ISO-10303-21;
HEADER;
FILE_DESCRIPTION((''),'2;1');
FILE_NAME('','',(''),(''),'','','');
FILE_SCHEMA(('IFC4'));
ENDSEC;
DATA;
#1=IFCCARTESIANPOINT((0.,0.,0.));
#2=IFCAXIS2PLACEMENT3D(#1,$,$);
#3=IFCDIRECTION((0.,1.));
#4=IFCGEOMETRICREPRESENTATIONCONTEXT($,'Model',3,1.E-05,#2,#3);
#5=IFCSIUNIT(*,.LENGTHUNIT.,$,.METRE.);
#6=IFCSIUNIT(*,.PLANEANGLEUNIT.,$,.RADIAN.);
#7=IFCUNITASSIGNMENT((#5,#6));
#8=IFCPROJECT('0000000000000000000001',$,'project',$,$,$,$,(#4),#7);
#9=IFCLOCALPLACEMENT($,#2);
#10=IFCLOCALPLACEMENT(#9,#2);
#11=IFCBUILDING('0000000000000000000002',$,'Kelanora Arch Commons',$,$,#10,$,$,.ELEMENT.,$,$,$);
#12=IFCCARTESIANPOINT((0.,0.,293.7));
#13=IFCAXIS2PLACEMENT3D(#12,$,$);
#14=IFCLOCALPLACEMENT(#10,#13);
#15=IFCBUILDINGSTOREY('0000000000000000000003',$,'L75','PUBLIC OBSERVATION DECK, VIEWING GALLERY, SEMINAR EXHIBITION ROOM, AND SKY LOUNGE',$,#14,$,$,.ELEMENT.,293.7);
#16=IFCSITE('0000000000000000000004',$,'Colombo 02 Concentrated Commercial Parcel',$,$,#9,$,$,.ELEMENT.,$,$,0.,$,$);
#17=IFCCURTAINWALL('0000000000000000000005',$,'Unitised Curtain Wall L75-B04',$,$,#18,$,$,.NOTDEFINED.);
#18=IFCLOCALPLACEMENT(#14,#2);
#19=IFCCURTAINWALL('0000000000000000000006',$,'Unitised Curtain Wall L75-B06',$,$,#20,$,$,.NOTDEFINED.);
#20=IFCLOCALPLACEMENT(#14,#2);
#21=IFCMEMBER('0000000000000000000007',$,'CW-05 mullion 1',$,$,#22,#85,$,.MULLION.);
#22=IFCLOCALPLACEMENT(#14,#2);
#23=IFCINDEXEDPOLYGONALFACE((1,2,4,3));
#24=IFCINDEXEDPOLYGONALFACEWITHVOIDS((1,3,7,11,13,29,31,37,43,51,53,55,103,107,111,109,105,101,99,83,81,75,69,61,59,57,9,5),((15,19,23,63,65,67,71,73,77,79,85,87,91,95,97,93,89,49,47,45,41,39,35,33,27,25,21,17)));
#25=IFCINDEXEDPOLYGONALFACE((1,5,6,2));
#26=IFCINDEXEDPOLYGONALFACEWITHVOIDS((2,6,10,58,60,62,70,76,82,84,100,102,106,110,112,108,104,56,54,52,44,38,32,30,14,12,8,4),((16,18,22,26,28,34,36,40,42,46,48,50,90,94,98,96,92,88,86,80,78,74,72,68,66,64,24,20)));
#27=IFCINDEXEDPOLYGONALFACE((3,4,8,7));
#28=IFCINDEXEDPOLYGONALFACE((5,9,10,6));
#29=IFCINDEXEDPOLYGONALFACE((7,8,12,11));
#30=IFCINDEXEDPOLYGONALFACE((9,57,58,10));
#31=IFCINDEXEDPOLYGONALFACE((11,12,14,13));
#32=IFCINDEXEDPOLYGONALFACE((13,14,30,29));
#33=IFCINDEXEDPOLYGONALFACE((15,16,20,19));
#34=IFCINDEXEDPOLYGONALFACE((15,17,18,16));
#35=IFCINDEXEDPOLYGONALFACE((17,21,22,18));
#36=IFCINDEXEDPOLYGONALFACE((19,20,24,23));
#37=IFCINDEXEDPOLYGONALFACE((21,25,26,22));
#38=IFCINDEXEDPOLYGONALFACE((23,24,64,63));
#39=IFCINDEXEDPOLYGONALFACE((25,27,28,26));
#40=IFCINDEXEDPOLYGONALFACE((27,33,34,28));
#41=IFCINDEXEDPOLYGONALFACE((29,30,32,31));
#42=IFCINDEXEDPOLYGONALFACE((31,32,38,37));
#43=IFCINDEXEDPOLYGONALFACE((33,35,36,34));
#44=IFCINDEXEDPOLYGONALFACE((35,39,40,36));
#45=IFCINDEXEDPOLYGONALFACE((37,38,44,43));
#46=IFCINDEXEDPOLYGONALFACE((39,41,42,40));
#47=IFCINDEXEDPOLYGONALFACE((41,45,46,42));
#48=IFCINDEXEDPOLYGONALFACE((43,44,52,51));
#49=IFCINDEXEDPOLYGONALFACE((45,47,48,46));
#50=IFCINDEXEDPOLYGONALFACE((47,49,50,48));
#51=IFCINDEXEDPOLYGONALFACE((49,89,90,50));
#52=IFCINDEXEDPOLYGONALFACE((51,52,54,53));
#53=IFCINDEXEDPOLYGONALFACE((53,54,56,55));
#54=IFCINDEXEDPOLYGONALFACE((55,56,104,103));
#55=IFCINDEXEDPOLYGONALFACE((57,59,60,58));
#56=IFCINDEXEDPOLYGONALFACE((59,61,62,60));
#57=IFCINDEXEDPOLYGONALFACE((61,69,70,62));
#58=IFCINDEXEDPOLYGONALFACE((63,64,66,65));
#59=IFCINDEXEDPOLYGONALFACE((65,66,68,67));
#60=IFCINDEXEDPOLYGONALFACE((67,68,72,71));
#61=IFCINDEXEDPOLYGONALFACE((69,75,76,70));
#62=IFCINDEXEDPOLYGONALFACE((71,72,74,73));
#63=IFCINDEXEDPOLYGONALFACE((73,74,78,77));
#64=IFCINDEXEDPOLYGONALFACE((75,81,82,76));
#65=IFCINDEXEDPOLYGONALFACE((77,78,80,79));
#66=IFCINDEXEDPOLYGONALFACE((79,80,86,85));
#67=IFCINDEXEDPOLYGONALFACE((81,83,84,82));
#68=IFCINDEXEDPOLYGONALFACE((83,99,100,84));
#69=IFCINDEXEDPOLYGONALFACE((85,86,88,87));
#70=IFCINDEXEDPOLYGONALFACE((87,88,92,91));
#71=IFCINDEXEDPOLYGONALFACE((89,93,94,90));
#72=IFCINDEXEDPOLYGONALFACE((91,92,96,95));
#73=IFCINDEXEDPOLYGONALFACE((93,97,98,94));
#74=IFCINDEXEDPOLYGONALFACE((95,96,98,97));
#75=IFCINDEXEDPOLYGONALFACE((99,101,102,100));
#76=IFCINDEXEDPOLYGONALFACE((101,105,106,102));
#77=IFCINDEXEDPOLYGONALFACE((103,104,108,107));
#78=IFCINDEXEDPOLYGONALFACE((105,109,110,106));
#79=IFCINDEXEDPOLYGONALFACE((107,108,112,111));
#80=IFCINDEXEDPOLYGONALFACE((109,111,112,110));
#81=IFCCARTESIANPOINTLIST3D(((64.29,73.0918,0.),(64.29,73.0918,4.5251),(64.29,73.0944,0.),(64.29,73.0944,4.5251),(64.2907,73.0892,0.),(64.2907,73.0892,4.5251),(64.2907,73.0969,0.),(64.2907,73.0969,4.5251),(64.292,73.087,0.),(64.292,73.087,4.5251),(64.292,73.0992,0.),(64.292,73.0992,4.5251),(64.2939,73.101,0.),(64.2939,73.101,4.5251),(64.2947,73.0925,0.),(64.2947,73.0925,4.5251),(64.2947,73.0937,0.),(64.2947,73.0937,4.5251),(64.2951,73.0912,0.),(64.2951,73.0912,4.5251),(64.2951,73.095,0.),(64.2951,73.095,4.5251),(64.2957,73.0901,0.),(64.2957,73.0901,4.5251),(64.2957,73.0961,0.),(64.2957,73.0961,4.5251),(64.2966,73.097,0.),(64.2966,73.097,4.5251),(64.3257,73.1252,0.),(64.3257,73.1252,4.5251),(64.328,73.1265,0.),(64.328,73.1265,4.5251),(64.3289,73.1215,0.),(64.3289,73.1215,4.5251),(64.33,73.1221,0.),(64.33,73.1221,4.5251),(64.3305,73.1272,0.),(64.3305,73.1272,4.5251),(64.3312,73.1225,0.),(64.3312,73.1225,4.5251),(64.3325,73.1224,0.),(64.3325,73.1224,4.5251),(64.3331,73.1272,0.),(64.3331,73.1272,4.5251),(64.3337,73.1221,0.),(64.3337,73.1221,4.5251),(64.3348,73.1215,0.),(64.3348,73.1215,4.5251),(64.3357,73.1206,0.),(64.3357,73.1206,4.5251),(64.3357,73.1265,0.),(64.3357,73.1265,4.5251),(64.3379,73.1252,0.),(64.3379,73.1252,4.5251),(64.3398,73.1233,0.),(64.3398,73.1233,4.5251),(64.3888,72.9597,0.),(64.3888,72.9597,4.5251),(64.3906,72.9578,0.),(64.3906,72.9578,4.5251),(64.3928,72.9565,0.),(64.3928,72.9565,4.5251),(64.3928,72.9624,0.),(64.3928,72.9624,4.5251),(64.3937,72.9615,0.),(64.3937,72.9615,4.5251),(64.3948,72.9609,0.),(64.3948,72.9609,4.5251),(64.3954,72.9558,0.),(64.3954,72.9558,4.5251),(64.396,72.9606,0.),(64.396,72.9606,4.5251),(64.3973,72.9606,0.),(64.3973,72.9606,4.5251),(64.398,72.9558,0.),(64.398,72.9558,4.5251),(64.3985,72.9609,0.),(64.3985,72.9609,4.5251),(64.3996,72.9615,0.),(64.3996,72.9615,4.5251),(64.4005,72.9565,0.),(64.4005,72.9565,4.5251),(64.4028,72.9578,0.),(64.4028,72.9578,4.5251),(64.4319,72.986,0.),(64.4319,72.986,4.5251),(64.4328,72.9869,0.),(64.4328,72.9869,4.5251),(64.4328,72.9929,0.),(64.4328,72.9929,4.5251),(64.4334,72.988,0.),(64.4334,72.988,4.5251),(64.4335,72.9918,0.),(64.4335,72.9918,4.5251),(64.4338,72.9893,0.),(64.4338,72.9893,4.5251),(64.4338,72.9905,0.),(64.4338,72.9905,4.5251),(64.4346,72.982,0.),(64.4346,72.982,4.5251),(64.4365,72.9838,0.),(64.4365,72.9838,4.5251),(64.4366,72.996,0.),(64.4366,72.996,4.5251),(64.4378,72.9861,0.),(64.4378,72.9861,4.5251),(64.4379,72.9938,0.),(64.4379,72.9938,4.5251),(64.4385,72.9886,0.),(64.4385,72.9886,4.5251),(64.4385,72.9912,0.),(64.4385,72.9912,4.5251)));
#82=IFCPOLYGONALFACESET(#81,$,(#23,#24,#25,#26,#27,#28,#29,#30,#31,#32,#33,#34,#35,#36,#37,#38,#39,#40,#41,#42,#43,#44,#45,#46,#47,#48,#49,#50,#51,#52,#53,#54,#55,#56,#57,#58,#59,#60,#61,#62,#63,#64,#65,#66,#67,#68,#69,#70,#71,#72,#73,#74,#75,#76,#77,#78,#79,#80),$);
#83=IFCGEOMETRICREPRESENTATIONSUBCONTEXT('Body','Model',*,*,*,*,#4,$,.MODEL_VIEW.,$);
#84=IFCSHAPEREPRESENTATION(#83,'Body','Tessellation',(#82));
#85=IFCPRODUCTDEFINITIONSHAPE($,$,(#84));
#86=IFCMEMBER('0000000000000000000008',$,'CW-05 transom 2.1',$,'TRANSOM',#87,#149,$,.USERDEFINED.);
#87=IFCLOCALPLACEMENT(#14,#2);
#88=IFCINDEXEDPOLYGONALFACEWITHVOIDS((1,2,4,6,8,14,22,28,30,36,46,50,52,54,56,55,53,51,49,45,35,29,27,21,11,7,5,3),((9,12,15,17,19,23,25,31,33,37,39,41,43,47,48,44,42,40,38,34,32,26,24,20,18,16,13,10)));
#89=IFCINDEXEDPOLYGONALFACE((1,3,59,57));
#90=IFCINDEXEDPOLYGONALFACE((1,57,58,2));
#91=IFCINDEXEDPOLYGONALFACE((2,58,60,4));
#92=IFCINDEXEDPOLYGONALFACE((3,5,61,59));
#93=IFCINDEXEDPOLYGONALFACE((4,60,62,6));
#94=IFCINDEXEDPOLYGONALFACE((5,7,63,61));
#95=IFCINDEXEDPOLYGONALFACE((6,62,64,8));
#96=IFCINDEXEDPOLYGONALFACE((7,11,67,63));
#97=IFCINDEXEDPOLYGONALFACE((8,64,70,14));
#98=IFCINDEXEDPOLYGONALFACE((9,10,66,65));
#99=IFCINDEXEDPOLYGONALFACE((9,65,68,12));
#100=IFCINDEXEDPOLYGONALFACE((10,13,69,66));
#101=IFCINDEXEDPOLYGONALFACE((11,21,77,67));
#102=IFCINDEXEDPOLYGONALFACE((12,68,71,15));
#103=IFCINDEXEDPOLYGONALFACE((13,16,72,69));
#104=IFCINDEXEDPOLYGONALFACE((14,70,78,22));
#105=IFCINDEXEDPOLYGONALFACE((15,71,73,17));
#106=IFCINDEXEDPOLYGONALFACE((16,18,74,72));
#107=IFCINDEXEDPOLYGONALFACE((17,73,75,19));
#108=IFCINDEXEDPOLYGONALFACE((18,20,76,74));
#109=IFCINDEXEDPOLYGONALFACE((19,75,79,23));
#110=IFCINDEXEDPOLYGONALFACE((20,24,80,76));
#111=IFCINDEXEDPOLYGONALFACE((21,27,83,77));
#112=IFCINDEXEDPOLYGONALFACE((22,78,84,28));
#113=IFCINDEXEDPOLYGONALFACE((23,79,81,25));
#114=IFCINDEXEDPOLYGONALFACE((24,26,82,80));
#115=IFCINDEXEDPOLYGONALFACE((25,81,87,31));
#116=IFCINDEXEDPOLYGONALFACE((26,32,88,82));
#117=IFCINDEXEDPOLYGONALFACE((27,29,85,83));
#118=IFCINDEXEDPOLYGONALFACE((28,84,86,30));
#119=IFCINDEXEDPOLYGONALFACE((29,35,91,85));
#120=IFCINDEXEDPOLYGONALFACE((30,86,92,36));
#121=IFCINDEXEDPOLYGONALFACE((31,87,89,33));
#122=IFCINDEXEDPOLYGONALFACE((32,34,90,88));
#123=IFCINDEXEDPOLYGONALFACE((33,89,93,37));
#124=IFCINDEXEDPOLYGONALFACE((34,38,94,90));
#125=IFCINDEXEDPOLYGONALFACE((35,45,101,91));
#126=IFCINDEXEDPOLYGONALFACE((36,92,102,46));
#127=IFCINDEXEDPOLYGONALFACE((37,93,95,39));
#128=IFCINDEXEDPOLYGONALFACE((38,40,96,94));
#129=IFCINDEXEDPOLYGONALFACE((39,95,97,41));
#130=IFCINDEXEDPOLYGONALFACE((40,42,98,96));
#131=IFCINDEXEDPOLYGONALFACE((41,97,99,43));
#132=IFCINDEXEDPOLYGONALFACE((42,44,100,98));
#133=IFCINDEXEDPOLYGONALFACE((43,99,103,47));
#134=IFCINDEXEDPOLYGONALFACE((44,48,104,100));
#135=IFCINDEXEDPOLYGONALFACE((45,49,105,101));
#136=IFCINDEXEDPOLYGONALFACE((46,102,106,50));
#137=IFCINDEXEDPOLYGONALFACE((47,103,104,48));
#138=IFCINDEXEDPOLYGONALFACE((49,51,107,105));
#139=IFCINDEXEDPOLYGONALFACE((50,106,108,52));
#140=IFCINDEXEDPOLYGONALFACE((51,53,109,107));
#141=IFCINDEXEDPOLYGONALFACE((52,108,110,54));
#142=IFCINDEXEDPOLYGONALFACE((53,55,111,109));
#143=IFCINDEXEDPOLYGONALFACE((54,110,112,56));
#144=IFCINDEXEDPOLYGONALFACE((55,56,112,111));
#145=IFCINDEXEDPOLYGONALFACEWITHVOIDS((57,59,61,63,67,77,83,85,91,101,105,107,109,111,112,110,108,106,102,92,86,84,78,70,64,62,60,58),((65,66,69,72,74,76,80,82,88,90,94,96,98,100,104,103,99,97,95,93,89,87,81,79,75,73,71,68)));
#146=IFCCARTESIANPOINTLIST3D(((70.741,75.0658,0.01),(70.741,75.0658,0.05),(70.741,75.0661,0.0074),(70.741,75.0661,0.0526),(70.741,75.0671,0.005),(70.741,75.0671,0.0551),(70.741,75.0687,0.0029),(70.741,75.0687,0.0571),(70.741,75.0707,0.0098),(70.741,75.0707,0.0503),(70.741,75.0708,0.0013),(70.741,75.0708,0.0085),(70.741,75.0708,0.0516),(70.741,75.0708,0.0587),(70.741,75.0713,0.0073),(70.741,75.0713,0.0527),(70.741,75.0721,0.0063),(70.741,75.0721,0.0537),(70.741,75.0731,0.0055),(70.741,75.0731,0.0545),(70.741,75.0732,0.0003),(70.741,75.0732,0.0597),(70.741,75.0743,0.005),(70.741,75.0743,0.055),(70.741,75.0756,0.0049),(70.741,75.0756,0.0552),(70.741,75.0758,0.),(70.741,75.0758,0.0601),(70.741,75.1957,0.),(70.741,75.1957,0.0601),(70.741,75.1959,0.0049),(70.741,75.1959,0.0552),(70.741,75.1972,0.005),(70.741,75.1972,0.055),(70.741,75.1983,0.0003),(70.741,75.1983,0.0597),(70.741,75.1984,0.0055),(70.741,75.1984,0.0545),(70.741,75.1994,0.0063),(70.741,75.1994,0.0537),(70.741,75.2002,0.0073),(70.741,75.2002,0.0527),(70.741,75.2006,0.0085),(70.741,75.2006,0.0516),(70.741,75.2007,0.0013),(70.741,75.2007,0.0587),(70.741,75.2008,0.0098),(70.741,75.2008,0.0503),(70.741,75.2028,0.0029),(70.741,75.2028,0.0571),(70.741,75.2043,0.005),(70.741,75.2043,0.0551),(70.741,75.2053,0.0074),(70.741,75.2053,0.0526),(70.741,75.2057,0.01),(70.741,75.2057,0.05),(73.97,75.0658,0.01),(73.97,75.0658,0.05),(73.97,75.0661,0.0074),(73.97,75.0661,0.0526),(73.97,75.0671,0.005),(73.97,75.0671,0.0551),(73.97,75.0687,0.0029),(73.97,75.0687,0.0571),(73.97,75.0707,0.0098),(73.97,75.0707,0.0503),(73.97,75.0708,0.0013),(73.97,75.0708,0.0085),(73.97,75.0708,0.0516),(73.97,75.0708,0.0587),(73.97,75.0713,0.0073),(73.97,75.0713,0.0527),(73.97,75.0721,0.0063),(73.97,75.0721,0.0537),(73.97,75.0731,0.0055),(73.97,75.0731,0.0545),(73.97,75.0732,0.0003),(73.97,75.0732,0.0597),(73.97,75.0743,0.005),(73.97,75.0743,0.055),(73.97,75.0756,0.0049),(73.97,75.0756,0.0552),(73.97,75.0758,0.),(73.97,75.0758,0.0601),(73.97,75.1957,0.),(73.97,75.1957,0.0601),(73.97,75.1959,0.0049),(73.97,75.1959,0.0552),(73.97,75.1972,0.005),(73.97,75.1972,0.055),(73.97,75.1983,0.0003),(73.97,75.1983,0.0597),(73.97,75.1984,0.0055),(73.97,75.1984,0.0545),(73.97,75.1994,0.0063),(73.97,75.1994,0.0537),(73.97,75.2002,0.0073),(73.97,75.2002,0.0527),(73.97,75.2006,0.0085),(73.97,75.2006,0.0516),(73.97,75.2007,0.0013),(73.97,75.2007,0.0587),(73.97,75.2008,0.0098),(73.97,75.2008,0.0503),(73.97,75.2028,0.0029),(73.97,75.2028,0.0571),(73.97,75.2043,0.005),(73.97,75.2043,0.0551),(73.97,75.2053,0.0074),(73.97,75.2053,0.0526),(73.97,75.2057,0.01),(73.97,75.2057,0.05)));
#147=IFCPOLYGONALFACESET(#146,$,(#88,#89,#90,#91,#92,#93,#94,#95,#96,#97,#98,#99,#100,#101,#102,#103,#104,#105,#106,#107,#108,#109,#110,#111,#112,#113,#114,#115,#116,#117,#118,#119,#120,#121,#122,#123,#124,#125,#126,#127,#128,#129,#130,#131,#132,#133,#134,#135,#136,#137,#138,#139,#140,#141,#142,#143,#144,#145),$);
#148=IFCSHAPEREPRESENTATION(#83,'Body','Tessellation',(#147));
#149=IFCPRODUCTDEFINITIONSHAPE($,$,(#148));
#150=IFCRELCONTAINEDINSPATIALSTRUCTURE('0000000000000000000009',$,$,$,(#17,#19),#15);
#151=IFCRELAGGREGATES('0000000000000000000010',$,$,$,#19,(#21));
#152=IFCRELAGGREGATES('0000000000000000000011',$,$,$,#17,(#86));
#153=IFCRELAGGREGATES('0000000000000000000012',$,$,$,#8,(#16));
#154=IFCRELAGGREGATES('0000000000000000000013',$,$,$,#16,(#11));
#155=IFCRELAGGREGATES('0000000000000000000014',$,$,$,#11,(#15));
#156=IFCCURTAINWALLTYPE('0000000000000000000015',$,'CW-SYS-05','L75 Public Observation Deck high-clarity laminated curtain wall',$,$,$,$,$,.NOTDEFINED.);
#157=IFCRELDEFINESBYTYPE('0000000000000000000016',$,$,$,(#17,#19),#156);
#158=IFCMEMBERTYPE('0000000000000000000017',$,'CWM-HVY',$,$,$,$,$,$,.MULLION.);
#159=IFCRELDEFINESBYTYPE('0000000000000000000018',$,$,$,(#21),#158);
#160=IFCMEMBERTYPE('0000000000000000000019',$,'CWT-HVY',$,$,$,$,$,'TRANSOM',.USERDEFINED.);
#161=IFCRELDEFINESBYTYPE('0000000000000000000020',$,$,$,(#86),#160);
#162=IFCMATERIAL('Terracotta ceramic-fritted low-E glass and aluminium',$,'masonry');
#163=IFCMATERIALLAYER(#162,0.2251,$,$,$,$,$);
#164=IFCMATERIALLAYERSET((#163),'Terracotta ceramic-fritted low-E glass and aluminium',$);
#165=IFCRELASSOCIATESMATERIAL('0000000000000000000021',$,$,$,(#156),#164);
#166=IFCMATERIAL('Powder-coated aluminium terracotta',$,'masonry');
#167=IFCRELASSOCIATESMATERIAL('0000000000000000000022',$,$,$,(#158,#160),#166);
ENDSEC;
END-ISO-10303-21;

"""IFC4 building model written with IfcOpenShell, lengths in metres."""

from ifc_helpers import new_model, si_unit, direction, frame, origin, origin_2d, place, context, subcontext, project, spatial, hollow_rectangle, extrude, material, layer, layer_set, material_profile, profile_set, type_object, element, aggregate, save


model = new_model("IFC4")

# Units and contexts
model_context = context("Model", 3, precision=1e-05, world=origin(), true_north=direction((0.0, 1.0)))
body_context = subcontext(model_context, "Body", "Model", "MODEL_VIEW")
ifc_project = project(units=[si_unit("LENGTHUNIT", "METRE"), si_unit("PLANEANGLEUNIT", "RADIAN")], contexts=[model_context])

# Site, building, storey
site_placement = place(None, origin())
site = spatial("IfcSite", under=ifc_project, at=site_placement, Name="Colombo 02 Concentrated Commercial Parcel", CompositionType="ELEMENT", RefElevation=0.0)
building_placement = place(site_placement, origin())
building = spatial("IfcBuilding", under=site, at=building_placement, Name="Kelanora Arch Commons", CompositionType="ELEMENT")
storey_placement = place(building_placement, frame((0.0, 0.0, 293.7)))
storey = spatial("IfcBuildingStorey", under=building, at=storey_placement, Name="L75", Description="PUBLIC OBSERVATION DECK, VIEWING GALLERY, SEMINAR EXHIBITION ROOM, AND SKY LOUNGE", CompositionType="ELEMENT", Elevation=293.7)

# Curtain wall
ifc_material_1 = material(Name="Terracotta ceramic-fritted low-E glass and aluminium", Category="masonry")
ifc_layer_1 = layer(ifc_material_1, 0.2251)
ifc_layer_set_1 = layer_set([ifc_layer_1], Name="Terracotta ceramic-fritted low-E glass and aluminium")
curtain_wall_type = type_object("IfcCurtainWallType", Name="CW-SYS-05", Description="L75 Public Observation Deck high-clarity laminated curtain wall", PredefinedType="NOTDEFINED", material=ifc_layer_set_1)
curtain_wall_1_placement = place(storey_placement, origin())
curtain_wall_1 = element("IfcCurtainWall", 1, at=curtain_wall_1_placement, inside=storey, type_object=curtain_wall_type, Name="Unitised Curtain Wall L75-B04", PredefinedType="NOTDEFINED")
ifc_material_2 = material(Name="Powder-coated aluminium terracotta", Category="masonry")
ifc_material_profile_1 = material_profile(ifc_material_2, hollow_rectangle(XDim=0.1799, YDim=0.0601, WallThickness=0.0049, InnerFilletRadius=0.0049, OuterFilletRadius=0.01, at=origin_2d()), Name="CWM180x60")
ifc_profile_set_1 = profile_set([ifc_material_profile_1], Name="Powder-coated aluminium terracotta")
member_type_1 = type_object("IfcMemberType", Name="CWM-HVY", PredefinedType="MULLION", material=ifc_profile_set_1)

# Curtain wall, member
curtain_wall_2_placement = place(storey_placement, origin())
curtain_wall_2 = element("IfcCurtainWall", 2, at=curtain_wall_2_placement, inside=storey, type_object=curtain_wall_type, Name="Unitised Curtain Wall L75-B06", PredefinedType="NOTDEFINED")
member_1_placement = place(storey_placement, frame((64.3643, 73.0415, 0.0), z_axis=(0.0, 0.0, 1.0), x_axis=(0.605285, -0.796009, 0.0)))
member_1 = element("IfcMember", 3, at=member_1_placement, type_object=member_type_1, Name="CW-05 mullion 1", PredefinedType="MULLION", context=body_context, shape_type="SweptSolid", body=[
    extrude(hollow_rectangle(XDim=0.1799, YDim=0.0601, WallThickness=0.0049, InnerFilletRadius=0.0049, OuterFilletRadius=0.01, at=origin_2d()), origin(), (0.0, 0.0, 1.0), 4.5251),
])

# Member
ifc_material_profile_2 = material_profile(ifc_material_2, hollow_rectangle(XDim=0.1399, YDim=0.0601, WallThickness=0.0049, InnerFilletRadius=0.0049, OuterFilletRadius=0.01, at=origin_2d()), Name="CWT140x60")
ifc_profile_set_2 = profile_set([ifc_material_profile_2], Name="Powder-coated aluminium terracotta")
member_type_2 = type_object("IfcMemberType", Name="CWT-HVY", ElementType="TRANSOM", PredefinedType="USERDEFINED", material=ifc_profile_set_2)
member_2_placement = place(storey_placement, frame((73.97, 75.1357, 0.03), z_axis=(-1.0, 0.0, 0.0), x_axis=(0.0, -1.0, 0.0)))
member_2 = element("IfcMember", 4, at=member_2_placement, type_object=member_type_2, Name="CW-05 transom 2.1", ObjectType="TRANSOM", PredefinedType="USERDEFINED", context=body_context, shape_type="SweptSolid", body=[
    extrude(hollow_rectangle(XDim=0.1399, YDim=0.0601, WallThickness=0.0049, InnerFilletRadius=0.0049, OuterFilletRadius=0.01, at=origin_2d()), origin(), (0.0, 0.0, 1.0), 3.229),
])
aggregate(curtain_wall_2, [member_1])

aggregate(curtain_wall_1, [member_2])

save(model, "model.ifc")
